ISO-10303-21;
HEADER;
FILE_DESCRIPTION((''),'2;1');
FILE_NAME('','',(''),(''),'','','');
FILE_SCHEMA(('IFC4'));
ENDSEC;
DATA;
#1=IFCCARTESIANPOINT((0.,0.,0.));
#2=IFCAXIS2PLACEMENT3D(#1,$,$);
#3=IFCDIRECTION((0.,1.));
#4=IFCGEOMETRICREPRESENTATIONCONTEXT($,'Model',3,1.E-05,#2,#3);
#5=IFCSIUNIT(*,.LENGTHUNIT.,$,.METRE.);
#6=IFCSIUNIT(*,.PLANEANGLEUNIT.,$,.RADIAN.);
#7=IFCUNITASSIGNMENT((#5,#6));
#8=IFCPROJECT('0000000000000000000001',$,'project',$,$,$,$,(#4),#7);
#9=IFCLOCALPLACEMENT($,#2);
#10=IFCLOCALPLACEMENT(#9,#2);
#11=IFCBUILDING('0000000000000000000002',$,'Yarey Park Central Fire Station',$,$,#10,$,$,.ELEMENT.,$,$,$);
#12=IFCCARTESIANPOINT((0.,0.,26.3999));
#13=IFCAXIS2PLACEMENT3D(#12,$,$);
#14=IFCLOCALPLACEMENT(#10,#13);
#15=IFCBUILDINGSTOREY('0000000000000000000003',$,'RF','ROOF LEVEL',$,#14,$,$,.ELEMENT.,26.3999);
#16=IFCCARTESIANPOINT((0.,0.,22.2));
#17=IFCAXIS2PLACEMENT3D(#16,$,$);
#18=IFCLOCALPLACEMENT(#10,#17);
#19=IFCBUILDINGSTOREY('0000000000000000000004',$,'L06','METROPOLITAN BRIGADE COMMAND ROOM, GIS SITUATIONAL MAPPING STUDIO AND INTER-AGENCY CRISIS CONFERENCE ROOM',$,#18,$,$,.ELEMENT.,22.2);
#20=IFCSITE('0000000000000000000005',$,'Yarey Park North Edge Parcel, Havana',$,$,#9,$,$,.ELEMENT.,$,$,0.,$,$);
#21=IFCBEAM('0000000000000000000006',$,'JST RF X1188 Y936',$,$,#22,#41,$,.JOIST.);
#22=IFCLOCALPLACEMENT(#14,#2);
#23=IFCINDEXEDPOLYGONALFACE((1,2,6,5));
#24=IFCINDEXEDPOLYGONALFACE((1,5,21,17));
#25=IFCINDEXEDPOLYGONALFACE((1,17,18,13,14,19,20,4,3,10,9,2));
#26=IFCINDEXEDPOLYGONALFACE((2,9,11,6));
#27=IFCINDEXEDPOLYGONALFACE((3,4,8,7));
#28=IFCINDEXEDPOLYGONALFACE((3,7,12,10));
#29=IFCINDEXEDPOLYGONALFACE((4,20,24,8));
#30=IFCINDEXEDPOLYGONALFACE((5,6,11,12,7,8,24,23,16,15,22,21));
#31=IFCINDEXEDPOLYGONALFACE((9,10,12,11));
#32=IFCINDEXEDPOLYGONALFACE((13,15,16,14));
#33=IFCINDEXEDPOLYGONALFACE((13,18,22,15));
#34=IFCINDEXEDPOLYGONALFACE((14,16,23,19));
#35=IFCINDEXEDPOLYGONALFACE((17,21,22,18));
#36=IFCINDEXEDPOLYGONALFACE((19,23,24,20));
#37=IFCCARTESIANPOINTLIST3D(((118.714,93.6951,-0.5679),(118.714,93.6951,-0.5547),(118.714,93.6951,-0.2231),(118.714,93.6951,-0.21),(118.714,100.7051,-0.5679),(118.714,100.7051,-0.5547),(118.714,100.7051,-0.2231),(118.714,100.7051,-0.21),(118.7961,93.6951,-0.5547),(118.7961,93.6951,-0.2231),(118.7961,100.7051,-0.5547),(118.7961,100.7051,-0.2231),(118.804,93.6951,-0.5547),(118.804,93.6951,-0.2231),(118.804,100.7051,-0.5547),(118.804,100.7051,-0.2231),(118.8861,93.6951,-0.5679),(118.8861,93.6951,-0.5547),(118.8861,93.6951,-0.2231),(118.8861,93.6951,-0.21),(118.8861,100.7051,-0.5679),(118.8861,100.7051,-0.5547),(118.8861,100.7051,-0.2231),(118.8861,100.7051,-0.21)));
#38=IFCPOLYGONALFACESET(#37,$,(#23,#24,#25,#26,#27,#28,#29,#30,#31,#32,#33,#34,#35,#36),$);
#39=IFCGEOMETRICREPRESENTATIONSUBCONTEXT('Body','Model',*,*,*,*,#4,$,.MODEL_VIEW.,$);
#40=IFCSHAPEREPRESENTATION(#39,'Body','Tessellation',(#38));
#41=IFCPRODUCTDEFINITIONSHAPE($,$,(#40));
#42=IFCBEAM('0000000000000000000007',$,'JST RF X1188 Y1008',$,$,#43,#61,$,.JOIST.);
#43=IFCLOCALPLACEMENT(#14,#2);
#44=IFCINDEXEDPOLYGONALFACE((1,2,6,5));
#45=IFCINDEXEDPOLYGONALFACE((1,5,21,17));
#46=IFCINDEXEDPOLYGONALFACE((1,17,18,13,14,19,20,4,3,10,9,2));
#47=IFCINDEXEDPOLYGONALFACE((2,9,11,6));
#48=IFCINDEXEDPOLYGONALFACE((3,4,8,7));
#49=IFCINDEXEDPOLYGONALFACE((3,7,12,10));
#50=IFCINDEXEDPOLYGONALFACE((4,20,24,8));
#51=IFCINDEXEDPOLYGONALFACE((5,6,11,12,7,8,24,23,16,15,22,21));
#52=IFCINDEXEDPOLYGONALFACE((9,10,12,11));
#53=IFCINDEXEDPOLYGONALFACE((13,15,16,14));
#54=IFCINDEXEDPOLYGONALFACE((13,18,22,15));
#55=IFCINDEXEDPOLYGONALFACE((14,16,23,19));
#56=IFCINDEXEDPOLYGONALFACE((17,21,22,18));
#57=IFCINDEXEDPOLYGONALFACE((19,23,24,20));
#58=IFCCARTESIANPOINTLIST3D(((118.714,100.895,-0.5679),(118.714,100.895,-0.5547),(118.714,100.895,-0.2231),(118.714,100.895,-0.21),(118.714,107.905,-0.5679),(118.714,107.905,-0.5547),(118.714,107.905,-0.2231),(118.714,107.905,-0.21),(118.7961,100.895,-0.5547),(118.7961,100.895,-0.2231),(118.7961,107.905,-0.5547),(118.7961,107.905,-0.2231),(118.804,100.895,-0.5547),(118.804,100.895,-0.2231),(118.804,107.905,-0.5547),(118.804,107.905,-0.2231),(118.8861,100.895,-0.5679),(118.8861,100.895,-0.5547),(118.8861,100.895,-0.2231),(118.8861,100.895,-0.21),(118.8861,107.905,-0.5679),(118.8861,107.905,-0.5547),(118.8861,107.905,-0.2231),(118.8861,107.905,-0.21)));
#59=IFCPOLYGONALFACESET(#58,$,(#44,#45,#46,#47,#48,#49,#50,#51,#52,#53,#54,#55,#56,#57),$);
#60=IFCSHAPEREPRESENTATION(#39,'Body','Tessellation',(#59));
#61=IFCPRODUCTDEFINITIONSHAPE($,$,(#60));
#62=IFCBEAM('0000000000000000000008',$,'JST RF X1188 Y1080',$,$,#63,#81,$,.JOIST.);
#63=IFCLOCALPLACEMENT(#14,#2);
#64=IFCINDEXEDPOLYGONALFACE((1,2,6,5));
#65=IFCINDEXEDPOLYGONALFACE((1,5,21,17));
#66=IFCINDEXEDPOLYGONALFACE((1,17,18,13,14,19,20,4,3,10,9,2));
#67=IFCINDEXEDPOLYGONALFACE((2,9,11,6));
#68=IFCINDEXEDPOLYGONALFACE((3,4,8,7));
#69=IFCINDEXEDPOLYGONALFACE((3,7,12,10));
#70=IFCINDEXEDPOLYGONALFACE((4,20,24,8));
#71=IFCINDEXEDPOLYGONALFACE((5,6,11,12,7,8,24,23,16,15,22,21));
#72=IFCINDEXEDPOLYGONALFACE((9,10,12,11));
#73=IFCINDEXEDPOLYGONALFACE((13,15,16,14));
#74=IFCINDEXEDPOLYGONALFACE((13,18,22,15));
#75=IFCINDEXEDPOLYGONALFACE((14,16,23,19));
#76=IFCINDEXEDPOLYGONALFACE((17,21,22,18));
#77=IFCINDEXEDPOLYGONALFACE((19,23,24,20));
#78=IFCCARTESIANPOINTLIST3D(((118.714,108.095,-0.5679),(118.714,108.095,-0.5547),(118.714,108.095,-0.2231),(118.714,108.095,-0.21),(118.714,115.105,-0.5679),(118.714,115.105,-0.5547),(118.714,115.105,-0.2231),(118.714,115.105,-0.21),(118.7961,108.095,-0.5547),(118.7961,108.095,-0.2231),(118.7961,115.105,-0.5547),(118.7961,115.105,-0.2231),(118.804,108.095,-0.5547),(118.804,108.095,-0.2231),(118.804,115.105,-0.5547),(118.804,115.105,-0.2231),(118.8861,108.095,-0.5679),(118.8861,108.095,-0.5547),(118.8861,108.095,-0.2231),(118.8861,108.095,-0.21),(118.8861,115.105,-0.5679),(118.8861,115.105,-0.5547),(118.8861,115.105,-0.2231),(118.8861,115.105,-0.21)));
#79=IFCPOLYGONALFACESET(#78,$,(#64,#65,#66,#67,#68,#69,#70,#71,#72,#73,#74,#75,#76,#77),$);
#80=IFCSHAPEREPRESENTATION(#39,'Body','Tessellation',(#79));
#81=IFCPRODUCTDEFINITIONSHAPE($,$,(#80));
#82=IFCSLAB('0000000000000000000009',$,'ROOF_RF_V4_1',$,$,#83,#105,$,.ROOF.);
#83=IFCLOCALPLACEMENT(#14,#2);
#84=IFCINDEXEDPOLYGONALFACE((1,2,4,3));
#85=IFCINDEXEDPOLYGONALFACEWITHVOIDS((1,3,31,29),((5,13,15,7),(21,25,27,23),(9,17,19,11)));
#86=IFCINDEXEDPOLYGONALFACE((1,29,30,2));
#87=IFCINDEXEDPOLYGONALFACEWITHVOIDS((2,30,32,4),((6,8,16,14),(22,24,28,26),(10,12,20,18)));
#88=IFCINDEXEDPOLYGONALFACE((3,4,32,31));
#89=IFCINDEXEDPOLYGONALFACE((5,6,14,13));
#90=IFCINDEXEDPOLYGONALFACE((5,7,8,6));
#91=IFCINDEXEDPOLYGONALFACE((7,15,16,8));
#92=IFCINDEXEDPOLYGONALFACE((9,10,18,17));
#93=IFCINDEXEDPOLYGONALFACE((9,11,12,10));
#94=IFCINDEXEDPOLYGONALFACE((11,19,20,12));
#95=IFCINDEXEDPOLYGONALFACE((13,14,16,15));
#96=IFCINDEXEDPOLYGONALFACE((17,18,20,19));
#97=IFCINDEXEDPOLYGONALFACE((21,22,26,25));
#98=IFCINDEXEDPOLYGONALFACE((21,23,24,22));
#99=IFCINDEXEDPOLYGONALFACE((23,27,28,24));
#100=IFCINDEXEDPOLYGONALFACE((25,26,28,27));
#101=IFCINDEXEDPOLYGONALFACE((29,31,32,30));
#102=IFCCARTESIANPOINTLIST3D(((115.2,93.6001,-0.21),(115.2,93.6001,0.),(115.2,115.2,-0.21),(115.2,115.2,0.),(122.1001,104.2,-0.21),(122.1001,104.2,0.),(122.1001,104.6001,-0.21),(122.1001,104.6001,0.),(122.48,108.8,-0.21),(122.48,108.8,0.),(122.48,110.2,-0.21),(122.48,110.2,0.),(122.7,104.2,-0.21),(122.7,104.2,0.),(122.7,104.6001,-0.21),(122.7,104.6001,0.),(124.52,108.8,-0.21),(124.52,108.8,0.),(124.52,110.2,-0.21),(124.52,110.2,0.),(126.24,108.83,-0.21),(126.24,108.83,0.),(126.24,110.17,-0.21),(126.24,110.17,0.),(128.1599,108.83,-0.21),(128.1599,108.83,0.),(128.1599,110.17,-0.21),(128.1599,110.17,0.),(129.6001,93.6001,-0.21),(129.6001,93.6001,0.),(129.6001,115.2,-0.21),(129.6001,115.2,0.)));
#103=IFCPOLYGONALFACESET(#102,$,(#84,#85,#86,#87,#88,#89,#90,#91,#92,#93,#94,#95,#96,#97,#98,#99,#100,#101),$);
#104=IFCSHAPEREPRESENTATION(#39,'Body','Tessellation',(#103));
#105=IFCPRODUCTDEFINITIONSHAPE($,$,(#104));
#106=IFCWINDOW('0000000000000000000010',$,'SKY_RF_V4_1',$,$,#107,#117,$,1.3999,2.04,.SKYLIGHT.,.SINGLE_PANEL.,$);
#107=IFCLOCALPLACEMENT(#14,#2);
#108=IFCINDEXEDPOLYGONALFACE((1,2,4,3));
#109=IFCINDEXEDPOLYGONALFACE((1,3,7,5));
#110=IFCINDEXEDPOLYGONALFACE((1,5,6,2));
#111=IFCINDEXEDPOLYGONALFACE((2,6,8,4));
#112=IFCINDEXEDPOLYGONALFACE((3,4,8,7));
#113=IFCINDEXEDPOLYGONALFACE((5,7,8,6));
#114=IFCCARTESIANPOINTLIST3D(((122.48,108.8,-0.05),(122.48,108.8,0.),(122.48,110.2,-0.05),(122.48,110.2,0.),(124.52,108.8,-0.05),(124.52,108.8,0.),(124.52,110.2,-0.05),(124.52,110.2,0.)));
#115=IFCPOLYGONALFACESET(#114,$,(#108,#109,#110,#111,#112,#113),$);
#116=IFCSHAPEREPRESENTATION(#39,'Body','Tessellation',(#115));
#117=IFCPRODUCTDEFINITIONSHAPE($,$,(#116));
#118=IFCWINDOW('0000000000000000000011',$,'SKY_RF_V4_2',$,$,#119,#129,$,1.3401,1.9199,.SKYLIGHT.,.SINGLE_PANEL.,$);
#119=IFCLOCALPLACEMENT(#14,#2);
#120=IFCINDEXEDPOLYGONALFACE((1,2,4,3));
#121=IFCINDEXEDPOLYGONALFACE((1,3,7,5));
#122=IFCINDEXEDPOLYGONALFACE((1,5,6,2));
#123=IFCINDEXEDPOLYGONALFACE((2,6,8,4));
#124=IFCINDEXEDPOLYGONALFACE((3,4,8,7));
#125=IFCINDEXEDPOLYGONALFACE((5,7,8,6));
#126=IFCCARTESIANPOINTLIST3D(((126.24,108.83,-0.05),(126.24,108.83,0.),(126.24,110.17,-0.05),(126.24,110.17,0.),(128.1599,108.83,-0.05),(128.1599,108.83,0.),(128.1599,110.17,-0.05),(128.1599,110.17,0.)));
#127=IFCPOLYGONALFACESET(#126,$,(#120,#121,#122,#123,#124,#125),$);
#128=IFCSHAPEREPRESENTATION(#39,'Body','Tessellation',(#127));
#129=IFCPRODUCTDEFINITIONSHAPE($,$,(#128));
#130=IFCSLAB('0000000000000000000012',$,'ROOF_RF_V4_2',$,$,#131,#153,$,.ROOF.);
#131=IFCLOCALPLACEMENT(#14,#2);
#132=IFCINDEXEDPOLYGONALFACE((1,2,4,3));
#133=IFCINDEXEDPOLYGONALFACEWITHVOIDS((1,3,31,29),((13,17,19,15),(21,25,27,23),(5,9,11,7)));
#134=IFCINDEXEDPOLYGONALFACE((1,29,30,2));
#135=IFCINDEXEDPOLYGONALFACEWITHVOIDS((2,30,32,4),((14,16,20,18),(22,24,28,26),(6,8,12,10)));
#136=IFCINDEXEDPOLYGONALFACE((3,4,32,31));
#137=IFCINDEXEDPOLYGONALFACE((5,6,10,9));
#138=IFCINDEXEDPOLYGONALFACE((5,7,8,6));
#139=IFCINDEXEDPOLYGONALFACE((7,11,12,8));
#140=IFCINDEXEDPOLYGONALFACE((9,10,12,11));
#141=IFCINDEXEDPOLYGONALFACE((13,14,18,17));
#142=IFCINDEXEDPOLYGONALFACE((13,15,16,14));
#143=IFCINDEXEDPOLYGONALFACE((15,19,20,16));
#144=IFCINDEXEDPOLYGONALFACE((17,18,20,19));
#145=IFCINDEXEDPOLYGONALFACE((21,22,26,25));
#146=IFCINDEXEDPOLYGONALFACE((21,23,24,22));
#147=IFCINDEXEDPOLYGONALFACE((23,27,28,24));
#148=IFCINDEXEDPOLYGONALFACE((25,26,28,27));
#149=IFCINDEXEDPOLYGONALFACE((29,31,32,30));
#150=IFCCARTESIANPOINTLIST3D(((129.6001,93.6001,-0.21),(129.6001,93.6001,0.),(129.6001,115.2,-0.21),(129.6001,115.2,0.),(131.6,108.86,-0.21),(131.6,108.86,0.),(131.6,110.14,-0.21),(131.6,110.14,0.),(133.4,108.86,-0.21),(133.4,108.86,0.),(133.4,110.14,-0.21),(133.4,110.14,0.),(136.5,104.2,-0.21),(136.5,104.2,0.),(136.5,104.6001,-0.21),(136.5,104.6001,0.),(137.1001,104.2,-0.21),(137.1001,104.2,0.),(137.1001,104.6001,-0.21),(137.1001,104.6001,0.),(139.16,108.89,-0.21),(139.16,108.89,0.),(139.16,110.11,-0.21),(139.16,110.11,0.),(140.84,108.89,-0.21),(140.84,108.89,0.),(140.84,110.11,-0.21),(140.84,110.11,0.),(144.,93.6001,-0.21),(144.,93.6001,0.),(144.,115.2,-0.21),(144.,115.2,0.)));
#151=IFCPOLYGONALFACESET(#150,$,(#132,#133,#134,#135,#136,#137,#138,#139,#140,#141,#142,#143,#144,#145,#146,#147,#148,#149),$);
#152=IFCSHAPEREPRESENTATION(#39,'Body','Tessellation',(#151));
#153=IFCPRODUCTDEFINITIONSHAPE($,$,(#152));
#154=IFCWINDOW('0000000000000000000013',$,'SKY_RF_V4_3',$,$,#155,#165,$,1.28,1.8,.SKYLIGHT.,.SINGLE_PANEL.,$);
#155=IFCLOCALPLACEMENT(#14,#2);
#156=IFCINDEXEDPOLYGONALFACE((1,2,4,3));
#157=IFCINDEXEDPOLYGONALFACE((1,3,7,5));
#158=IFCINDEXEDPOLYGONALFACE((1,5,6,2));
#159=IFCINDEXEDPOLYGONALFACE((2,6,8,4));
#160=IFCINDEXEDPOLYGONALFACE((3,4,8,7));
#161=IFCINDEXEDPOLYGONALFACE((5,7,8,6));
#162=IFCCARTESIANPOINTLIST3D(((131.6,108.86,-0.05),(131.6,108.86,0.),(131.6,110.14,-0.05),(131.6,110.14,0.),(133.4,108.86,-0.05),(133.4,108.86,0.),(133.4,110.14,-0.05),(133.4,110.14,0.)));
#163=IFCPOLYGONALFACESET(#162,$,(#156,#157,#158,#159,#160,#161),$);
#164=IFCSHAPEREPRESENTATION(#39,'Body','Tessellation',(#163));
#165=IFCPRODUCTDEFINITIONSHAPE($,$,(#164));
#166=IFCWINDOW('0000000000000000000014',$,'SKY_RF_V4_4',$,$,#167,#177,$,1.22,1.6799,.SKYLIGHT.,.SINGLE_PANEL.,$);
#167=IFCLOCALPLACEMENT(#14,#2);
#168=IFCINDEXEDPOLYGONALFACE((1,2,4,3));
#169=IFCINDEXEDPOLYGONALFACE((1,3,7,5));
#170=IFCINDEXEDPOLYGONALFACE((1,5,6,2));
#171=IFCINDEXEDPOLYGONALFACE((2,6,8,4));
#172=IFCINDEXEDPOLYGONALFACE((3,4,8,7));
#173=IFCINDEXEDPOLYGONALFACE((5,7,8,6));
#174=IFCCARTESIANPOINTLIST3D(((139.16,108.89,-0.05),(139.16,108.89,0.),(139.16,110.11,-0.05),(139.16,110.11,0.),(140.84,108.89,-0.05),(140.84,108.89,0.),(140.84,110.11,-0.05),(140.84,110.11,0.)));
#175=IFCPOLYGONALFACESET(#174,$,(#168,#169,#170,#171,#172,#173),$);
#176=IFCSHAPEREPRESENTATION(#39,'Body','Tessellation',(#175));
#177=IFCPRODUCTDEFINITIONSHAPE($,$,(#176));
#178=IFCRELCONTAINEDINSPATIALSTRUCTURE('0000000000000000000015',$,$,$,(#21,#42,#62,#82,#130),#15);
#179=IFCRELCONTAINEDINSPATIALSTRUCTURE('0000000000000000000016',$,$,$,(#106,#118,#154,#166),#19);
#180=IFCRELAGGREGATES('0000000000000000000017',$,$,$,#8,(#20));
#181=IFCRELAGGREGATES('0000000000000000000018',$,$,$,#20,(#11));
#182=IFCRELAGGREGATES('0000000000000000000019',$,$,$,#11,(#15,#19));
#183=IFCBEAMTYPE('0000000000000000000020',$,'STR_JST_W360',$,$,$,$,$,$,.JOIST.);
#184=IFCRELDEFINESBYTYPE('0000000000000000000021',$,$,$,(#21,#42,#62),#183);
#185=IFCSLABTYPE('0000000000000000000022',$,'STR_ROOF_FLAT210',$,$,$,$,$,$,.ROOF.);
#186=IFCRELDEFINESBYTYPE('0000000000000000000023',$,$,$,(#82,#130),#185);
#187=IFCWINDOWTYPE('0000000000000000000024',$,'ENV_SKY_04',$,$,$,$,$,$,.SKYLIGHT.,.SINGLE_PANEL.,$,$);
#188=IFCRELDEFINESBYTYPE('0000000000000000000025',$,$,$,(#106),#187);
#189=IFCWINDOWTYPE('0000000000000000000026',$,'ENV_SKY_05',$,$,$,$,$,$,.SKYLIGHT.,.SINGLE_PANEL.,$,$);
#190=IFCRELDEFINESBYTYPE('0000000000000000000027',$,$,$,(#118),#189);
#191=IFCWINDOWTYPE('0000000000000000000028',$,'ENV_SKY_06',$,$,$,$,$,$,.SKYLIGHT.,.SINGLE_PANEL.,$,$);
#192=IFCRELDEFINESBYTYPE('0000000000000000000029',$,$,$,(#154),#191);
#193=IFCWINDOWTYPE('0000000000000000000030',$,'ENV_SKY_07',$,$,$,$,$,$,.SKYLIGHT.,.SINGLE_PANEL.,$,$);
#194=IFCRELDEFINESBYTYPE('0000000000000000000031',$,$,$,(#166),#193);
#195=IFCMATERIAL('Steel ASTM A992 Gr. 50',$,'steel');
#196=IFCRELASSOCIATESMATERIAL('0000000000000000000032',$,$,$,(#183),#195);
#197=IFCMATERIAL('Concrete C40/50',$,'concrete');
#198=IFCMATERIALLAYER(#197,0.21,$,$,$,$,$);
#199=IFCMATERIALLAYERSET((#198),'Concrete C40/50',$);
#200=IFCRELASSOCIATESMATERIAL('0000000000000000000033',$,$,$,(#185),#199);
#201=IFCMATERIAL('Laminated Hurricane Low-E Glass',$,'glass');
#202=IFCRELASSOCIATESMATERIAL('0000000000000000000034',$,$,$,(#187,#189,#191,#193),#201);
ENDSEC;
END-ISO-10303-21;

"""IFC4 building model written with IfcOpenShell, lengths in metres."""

from ifc_helpers import new_model, si_unit, direction, frame, origin, origin_2d, place, context, subcontext, project, spatial, polyline, rectangle, i_section, outline, extrude, material, layer, layer_set, material_profile, profile_set, type_object, element, fill, save


model = new_model("IFC4")

# Units and contexts
model_context = context("Model", 3, precision=1e-05, world=origin(), true_north=direction((0.0, 1.0)))
body_context = subcontext(model_context, "Body", "Model", "MODEL_VIEW")
ifc_project = project(units=[si_unit("LENGTHUNIT", "METRE"), si_unit("PLANEANGLEUNIT", "RADIAN")], contexts=[model_context])

# Site, building, storey
site_placement = place(None, origin())
site = spatial("IfcSite", under=ifc_project, at=site_placement, Name="Yarey Park North Edge Parcel, Havana", CompositionType="ELEMENT", RefElevation=0.0)
building_placement = place(site_placement, origin())
building = spatial("IfcBuilding", under=site, at=building_placement, Name="Yarey Park Central Fire Station", CompositionType="ELEMENT")
storey_1_placement = place(building_placement, frame((0.0, 0.0, 26.3999)))
storey_1 = spatial("IfcBuildingStorey", under=building, at=storey_1_placement, Name="RF", Description="ROOF LEVEL", CompositionType="ELEMENT", Elevation=26.3999)

# Beams
ifc_material_1 = material(Name="Steel ASTM A992 Gr. 50", Category="steel")
ifc_material_profile_1 = material_profile(ifc_material_1, i_section(OverallWidth=0.1721, OverallDepth=0.3579, WebThickness=0.0078, FlangeThickness=0.0132, at=origin_2d()), Name="W360x57")
ifc_profile_set_1 = profile_set([ifc_material_profile_1], Name="Steel ASTM A992 Gr. 50")
beam_type_1 = type_object("IfcBeamType", Name="STR_JST_W360", PredefinedType="JOIST", material=ifc_profile_set_1)
for number, where, z_axis, x_axis, name in (
    (1, (118.8, 93.6951, -0.3889), (0.0, 1.0, 0.0), (-1.0, 0.0, 0.0), "JST RF X1188 Y936"),
    (2, (118.8, 100.895, -0.3889), (0.0, 1.0, 0.0), (-1.0, 0.0, 0.0), "JST RF X1188 Y1008"),
    (3, (118.8, 108.095, -0.3889), (0.0, 1.0, 0.0), (-1.0, 0.0, 0.0), "JST RF X1188 Y1080"),
):
    element("IfcBeam", number, at=place(storey_1_placement, frame(where, z_axis=z_axis, x_axis=x_axis)), inside=storey_1, type_object=beam_type_1, Name=name, PredefinedType="JOIST", context=body_context, shape_type="SweptSolid", body=[
        extrude(i_section(OverallWidth=0.1721, OverallDepth=0.3579, WebThickness=0.0078, FlangeThickness=0.0132, at=origin_2d()), origin(), (0.0, 0.0, 1.0), 7.01),
    ])

# Slab, openings
ifc_material_2 = material(Name="Concrete C40/50", Category="concrete")
ifc_layer_1 = layer(ifc_material_2, 0.21)
ifc_layer_set_1 = layer_set([ifc_layer_1], Name="Concrete C40/50")
slab_type = type_object("IfcSlabType", Name="STR_ROOF_FLAT210", PredefinedType="ROOF", material=ifc_layer_set_1)
slab_1_placement = place(storey_1_placement, frame((0.0, 0.0, -0.21)))
slab_1 = element("IfcSlab", 4, at=slab_1_placement, inside=storey_1, type_object=slab_type, Name="ROOF_RF_V4_1", PredefinedType="ROOF", context=body_context, shape_type="SweptSolid", body=[
    extrude(outline(polyline([(115.2, 93.6001), (129.6001, 93.6001), (129.6001, 115.2), (115.2, 115.2), (115.2, 93.6001)]), holes=[polyline([(122.1001, 104.2), (122.7, 104.2), (122.7, 104.6001), (122.1001, 104.6001), (122.1001, 104.2)])]), origin(), (0.0, 0.0, 1.0), 0.21),
])
opening_1_placement = place(slab_1_placement, frame((123.5, 109.5, -0.01)))
opening_1 = element("IfcOpeningElement", 5, at=opening_1_placement, cuts=slab_1, PredefinedType="OPENING", context=body_context, shape_type="SweptSolid", body=[
    extrude(rectangle(XDim=2.04, YDim=1.3999, at=origin_2d()), origin(), (0.0, 0.0, 1.0), 0.23),
])
opening_2_placement = place(slab_1_placement, frame((127.2, 109.5, -0.01)))
opening_2 = element("IfcOpeningElement", 6, at=opening_2_placement, cuts=slab_1, PredefinedType="OPENING", context=body_context, shape_type="SweptSolid", body=[
    extrude(rectangle(XDim=1.9199, YDim=1.3401, at=origin_2d()), origin(), (0.0, 0.0, 1.0), 0.23),
])

# Shared definitions
storey_2_placement = place(building_placement, frame((0.0, 0.0, 22.2)))
storey_2 = spatial("IfcBuildingStorey", under=building, at=storey_2_placement, Name="L06", Description="METROPOLITAN BRIGADE COMMAND ROOM, GIS SITUATIONAL MAPPING STUDIO AND INTER-AGENCY CRISIS CONFERENCE ROOM", CompositionType="ELEMENT", Elevation=22.2)

# Windows
ifc_material_3 = material(Name="Laminated Hurricane Low-E Glass", Category="glass")
window_type_1 = type_object("IfcWindowType", Name="ENV_SKY_04", PartitioningType="SINGLE_PANEL", PredefinedType="SKYLIGHT", material=ifc_material_3)
window_1_placement = place(slab_1_placement, frame((123.5, 109.5, 0.1599)))
window_1 = element("IfcWindow", 7, at=window_1_placement, inside=storey_2, type_object=window_type_1, Name="SKY_RF_V4_1", OverallHeight=1.3999, OverallWidth=2.04, PartitioningType="SINGLE_PANEL", PredefinedType="SKYLIGHT", context=body_context, shape_type="SweptSolid", body=[
    extrude(rectangle(XDim=2.04, YDim=1.3999, at=origin_2d()), origin(), (0.0, 0.0, 1.0), 0.05),
])
fill(opening_1, window_1)
window_type_2 = type_object("IfcWindowType", Name="ENV_SKY_05", PartitioningType="SINGLE_PANEL", PredefinedType="SKYLIGHT", material=ifc_material_3)
window_2_placement = place(slab_1_placement, frame((127.2, 109.5, 0.1599)))
window_2 = element("IfcWindow", 8, at=window_2_placement, inside=storey_2, type_object=window_type_2, Name="SKY_RF_V4_2", OverallHeight=1.3401, OverallWidth=1.9199, PartitioningType="SINGLE_PANEL", PredefinedType="SKYLIGHT", context=body_context, shape_type="SweptSolid", body=[
    extrude(rectangle(XDim=1.9199, YDim=1.3401, at=origin_2d()), origin(), (0.0, 0.0, 1.0), 0.05),
])
fill(opening_2, window_2)

# Slab, openings, windows
slab_2_placement = place(storey_1_placement, frame((0.0, 0.0, -0.21)))
slab_2 = element("IfcSlab", 9, at=slab_2_placement, inside=storey_1, type_object=slab_type, Name="ROOF_RF_V4_2", PredefinedType="ROOF", context=body_context, shape_type="SweptSolid", body=[
    extrude(outline(polyline([(129.6001, 93.6001), (144.0, 93.6001), (144.0, 115.2), (129.6001, 115.2), (129.6001, 93.6001)]), holes=[polyline([(136.5, 104.2), (137.1001, 104.2), (137.1001, 104.6001), (136.5, 104.6001), (136.5, 104.2)])]), origin(), (0.0, 0.0, 1.0), 0.21),
])
opening_3_placement = place(slab_2_placement, frame((132.5, 109.5, -0.01)))
opening_3 = element("IfcOpeningElement", 10, at=opening_3_placement, cuts=slab_2, PredefinedType="OPENING", context=body_context, shape_type="SweptSolid", body=[
    extrude(rectangle(XDim=1.8, YDim=1.28, at=origin_2d()), origin(), (0.0, 0.0, 1.0), 0.23),
])
opening_4_placement = place(slab_2_placement, frame((140.0, 109.5, -0.01)))
opening_4 = element("IfcOpeningElement", 11, at=opening_4_placement, cuts=slab_2, PredefinedType="OPENING", context=body_context, shape_type="SweptSolid", body=[
    extrude(rectangle(XDim=1.6799, YDim=1.22, at=origin_2d()), origin(), (0.0, 0.0, 1.0), 0.23),
])
window_type_3 = type_object("IfcWindowType", Name="ENV_SKY_06", PartitioningType="SINGLE_PANEL", PredefinedType="SKYLIGHT", material=ifc_material_3)
window_3_placement = place(slab_2_placement, frame((132.5, 109.5, 0.1599)))
window_3 = element("IfcWindow", 12, at=window_3_placement, inside=storey_2, type_object=window_type_3, Name="SKY_RF_V4_3", OverallHeight=1.28, OverallWidth=1.8, PartitioningType="SINGLE_PANEL", PredefinedType="SKYLIGHT", context=body_context, shape_type="SweptSolid", body=[
    extrude(rectangle(XDim=1.8, YDim=1.28, at=origin_2d()), origin(), (0.0, 0.0, 1.0), 0.05),
])
fill(opening_3, window_3)
window_type_4 = type_object("IfcWindowType", Name="ENV_SKY_07", PartitioningType="SINGLE_PANEL", PredefinedType="SKYLIGHT", material=ifc_material_3)
window_4_placement = place(slab_2_placement, frame((140.0, 109.5, 0.1599)))
window_4 = element("IfcWindow", 13, at=window_4_placement, inside=storey_2, type_object=window_type_4, Name="SKY_RF_V4_4", OverallHeight=1.22, OverallWidth=1.6799, PartitioningType="SINGLE_PANEL", PredefinedType="SKYLIGHT", context=body_context, shape_type="SweptSolid", body=[
    extrude(rectangle(XDim=1.6799, YDim=1.22, at=origin_2d()), origin(), (0.0, 0.0, 1.0), 0.05),
])
fill(opening_4, window_4)

save(model, "model.ifc")
